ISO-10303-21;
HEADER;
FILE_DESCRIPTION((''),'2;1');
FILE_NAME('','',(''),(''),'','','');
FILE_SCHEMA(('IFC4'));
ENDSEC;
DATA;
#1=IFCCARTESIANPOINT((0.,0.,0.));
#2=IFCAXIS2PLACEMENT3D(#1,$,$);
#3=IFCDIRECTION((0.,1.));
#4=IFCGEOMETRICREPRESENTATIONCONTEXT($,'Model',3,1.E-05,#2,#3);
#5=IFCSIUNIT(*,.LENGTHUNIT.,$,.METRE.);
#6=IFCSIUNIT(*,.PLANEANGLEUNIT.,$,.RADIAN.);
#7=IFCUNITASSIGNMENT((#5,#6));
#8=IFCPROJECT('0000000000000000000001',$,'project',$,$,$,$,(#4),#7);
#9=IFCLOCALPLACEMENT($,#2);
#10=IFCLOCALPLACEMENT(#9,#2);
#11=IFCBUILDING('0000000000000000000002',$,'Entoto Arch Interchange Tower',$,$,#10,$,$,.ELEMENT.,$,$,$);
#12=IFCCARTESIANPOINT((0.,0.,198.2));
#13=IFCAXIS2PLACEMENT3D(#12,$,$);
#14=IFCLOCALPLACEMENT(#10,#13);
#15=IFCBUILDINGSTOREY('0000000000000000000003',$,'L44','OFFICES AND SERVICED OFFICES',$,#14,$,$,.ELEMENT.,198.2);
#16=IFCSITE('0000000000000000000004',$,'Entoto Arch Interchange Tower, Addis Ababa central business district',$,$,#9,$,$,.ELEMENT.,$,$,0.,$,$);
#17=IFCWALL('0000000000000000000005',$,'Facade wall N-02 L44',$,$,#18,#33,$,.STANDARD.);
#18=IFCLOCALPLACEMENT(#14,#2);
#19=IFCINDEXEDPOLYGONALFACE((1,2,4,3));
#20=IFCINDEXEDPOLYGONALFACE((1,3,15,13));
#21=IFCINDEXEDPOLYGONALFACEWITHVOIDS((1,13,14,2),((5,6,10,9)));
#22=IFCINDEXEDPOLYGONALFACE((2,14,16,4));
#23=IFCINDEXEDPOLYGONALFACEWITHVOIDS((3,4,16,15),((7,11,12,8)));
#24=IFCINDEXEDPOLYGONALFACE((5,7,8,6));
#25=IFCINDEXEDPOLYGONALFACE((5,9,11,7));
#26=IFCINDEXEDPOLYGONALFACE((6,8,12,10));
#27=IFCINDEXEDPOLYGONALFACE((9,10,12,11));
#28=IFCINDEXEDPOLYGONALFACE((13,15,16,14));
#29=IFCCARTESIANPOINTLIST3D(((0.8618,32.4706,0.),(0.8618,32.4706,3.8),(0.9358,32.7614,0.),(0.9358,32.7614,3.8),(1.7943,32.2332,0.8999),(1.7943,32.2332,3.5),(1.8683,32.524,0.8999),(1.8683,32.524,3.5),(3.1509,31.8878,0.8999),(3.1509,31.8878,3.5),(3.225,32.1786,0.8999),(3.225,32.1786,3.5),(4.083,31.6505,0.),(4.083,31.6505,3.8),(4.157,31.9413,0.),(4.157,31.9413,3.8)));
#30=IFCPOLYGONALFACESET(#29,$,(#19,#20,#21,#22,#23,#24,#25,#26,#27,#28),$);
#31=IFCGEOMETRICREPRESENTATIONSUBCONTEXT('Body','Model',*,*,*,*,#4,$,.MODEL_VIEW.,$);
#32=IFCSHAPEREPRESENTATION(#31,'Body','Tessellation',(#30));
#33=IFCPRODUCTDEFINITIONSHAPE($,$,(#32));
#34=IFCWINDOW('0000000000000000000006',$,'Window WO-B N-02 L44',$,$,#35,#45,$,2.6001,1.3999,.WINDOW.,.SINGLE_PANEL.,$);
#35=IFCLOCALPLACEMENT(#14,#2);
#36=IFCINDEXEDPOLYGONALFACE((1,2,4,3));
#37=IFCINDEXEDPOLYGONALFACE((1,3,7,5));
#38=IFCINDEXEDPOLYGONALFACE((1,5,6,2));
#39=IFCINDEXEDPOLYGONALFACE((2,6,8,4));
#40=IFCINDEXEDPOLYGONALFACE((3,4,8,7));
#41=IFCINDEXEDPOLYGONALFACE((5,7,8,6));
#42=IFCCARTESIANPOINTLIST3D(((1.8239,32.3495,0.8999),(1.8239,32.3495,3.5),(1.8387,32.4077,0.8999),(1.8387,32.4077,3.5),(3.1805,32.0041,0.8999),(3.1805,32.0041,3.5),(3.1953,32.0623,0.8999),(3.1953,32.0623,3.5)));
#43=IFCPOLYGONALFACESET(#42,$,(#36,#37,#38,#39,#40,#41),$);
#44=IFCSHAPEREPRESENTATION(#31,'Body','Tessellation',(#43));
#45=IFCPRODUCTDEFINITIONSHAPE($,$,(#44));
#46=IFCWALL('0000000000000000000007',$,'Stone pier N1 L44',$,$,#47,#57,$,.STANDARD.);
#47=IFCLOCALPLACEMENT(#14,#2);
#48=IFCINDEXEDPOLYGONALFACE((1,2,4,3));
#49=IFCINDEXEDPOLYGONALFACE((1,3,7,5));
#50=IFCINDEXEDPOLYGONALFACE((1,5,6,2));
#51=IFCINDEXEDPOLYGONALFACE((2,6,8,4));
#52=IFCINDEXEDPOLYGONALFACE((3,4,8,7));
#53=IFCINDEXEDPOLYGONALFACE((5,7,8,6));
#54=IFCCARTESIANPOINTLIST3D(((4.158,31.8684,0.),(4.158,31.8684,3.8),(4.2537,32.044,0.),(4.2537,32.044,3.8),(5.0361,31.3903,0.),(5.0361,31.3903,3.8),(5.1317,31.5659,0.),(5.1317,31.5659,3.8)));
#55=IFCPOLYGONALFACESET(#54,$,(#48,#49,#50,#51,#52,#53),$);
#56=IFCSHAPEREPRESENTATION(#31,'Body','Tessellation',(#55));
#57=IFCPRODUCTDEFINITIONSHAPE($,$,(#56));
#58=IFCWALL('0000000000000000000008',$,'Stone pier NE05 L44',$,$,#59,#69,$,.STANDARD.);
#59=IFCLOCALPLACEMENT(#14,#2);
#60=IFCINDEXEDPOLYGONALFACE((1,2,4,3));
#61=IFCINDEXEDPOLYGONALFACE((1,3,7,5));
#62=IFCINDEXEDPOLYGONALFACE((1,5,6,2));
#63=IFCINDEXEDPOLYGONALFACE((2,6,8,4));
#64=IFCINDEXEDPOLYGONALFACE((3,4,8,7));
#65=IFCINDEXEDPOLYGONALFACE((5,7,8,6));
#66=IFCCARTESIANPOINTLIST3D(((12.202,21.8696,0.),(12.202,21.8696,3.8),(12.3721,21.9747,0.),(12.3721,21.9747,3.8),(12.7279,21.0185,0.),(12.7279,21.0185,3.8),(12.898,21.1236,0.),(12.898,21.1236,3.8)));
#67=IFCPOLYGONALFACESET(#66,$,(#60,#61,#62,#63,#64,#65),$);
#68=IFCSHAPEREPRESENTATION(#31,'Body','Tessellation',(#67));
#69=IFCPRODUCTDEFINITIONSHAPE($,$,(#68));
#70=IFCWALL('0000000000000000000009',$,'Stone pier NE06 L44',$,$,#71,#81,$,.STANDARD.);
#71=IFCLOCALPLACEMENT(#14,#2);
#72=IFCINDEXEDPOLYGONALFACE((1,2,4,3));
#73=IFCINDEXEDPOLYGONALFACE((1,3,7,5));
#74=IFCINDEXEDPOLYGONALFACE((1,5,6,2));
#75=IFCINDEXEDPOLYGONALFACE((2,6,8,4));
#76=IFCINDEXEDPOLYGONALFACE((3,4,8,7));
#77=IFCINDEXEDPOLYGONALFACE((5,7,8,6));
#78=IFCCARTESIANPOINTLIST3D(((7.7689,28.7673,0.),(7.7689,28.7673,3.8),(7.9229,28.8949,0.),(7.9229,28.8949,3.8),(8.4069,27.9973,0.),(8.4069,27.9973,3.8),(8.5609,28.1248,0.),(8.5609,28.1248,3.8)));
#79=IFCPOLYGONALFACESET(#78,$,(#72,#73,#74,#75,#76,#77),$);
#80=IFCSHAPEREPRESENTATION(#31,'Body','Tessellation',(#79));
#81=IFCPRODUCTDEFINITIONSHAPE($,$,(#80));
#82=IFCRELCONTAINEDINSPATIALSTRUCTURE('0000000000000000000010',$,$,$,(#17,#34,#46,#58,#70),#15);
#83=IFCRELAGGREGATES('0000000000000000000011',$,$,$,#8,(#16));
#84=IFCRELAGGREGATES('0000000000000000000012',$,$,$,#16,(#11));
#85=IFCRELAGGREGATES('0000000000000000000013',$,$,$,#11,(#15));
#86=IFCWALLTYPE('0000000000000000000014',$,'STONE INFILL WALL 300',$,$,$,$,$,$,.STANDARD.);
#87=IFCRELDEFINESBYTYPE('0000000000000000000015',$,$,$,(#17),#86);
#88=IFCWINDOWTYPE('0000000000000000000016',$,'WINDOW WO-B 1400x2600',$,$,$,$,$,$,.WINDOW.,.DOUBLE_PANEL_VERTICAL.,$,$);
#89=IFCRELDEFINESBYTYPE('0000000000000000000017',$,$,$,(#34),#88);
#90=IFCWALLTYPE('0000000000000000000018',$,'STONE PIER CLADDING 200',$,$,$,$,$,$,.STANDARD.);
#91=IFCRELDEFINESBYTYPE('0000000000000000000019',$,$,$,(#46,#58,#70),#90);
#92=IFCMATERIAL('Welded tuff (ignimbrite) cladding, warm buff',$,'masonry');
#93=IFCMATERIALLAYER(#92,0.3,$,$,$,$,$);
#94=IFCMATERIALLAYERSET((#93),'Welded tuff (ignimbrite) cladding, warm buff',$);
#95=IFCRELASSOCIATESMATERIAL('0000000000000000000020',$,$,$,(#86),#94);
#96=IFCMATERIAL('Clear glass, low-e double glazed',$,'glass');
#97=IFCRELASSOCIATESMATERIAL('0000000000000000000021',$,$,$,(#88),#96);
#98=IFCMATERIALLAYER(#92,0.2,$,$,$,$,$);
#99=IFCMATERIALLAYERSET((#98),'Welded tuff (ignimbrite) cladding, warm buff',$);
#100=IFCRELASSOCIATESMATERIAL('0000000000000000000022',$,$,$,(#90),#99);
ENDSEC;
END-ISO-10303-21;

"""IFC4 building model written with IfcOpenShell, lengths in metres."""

from ifc_helpers import new_model, si_unit, direction, frame, frame_2d, origin, place, context, subcontext, project, spatial, rectangle, extrude, material, layer, layer_set, type_object, element, fill, save


model = new_model("IFC4")

# Units and contexts
model_context = context("Model", 3, precision=1e-05, world=origin(), true_north=direction((0.0, 1.0)))
body_context = subcontext(model_context, "Body", "Model", "MODEL_VIEW")
ifc_project = project(units=[si_unit("LENGTHUNIT", "METRE"), si_unit("PLANEANGLEUNIT", "RADIAN")], contexts=[model_context])

# Site, building, storey
site_placement = place(None, origin())
site = spatial("IfcSite", under=ifc_project, at=site_placement, Name="Entoto Arch Interchange Tower, Addis Ababa central business district", CompositionType="ELEMENT", RefElevation=0.0)
building_placement = place(site_placement, origin())
building = spatial("IfcBuilding", under=site, at=building_placement, Name="Entoto Arch Interchange Tower", CompositionType="ELEMENT")
storey_placement = place(building_placement, frame((0.0, 0.0, 198.2)))
storey = spatial("IfcBuildingStorey", under=building, at=storey_placement, Name="L44", Description="OFFICES AND SERVICED OFFICES", CompositionType="ELEMENT", Elevation=198.2)

# Shared definitions
ifc_material_1 = material(Name="Welded tuff (ignimbrite) cladding, warm buff", Category="masonry")
ifc_layer_1 = layer(ifc_material_1, 0.3)
ifc_layer_set_1 = layer_set([ifc_layer_1], Name="Welded tuff (ignimbrite) cladding, warm buff")
wall_type_1 = type_object("IfcWallType", Name="STONE INFILL WALL 300", PredefinedType="STANDARD", material=ifc_layer_set_1)
ifc_material_2 = material(Name="Clear glass, low-e double glazed", Category="glass")

# Wall, opening, window
window_type_1 = type_object("IfcWindowType", Name="WINDOW WO-B 1400x2600", PartitioningType="DOUBLE_PANEL_VERTICAL", PredefinedType="WINDOW", material=ifc_material_2)
wall_1_placement = place(storey_placement, frame((4.1201, 31.7959, 0.0), z_axis=(0.0, 0.0, 1.0), x_axis=(-0.969088, 0.246716, 0.0)))
wall_1 = element("IfcWall", 1, at=wall_1_placement, inside=storey, type_object=wall_type_1, Name="Facade wall N-02 L44", PredefinedType="STANDARD", context=body_context, shape_type="SweptSolid", body=[
    extrude(rectangle(XDim=3.324, YDim=0.3, at=frame_2d((1.6621, 0.0))), origin(), (0.0, 0.0, 1.0), 3.8),
])
opening_1_placement = place(wall_1_placement, frame((0.9619, 0.0, 0.8999)))
opening_1 = element("IfcOpeningElement", 2, at=opening_1_placement, cuts=wall_1, PredefinedType="OPENING", context=body_context, shape_type="SweptSolid", body=[
    extrude(rectangle(XDim=1.3999, YDim=2.6001, at=frame_2d((0.7, 1.3))), frame((0.0, 0.1602, 0.0), z_axis=(0.0, -1.0, 0.0), x_axis=(1.0, 0.0, 0.0)), (0.0, 0.0, 1.0), 0.3201),
])
window_1_placement = place(opening_1_placement, origin())
window_1 = element("IfcWindow", 3, at=window_1_placement, inside=storey, type_object=window_type_1, Name="Window WO-B N-02 L44", OverallHeight=2.6001, OverallWidth=1.3999, PartitioningType="SINGLE_PANEL", PredefinedType="WINDOW", context=body_context, shape_type="SweptSolid", body=[
    extrude(rectangle(XDim=1.3999, YDim=2.6001, at=frame_2d((0.7, 1.3))), frame((0.0, 0.03, 0.0), z_axis=(0.0, -1.0, 0.0), x_axis=(1.0, 0.0, 0.0)), (0.0, 0.0, 1.0), 0.0601),
])
fill(opening_1, window_1)

# Walls
ifc_layer_2 = layer(ifc_material_1, 0.2)
ifc_layer_set_2 = layer_set([ifc_layer_2], Name="Welded tuff (ignimbrite) cladding, warm buff")
wall_type_2 = type_object("IfcWallType", Name="STONE PIER CLADDING 200", PredefinedType="STANDARD", material=ifc_layer_set_2)
wall_2_placement = place(storey_placement, frame((5.084, 31.478, 0.0), z_axis=(0.0, 0.0, 1.0), x_axis=(-0.87825, 0.478202, 0.0)))
element("IfcWall", 4, at=wall_2_placement, inside=storey, type_object=wall_type_2, Name="Stone pier N1 L44", PredefinedType="STANDARD", context=body_context, shape_type="SweptSolid", body=[
    extrude(rectangle(XDim=0.9998, YDim=0.2, at=frame_2d((0.5, 0.0))), origin(), (0.0, 0.0, 1.0), 3.8),
])
wall_3_placement = place(storey_placement, frame((12.813, 21.071, 0.0), z_axis=(0.0, 0.0, 1.0), x_axis=(-0.525649, 0.850702, 0.0)))
element("IfcWall", 5, at=wall_3_placement, inside=storey, type_object=wall_type_2, Name="Stone pier NE05 L44", PredefinedType="STANDARD", context=body_context, shape_type="SweptSolid", body=[
    extrude(rectangle(XDim=1.0005, YDim=0.2, at=frame_2d((0.5002, 0.0))), origin(), (0.0, 0.0, 1.0), 3.8),
])
wall_4_placement = place(storey_placement, frame((8.4839, 28.061, 0.0), z_axis=(0.0, 0.0, 1.0), x_axis=(-0.637972, 0.770059, 0.0)))
element("IfcWall", 6, at=wall_4_placement, inside=storey, type_object=wall_type_2, Name="Stone pier NE06 L44", PredefinedType="STANDARD", context=body_context, shape_type="SweptSolid", body=[
    extrude(rectangle(XDim=1.0, YDim=0.2, at=frame_2d((0.5, 0.0))), origin(), (0.0, 0.0, 1.0), 3.8),
])

save(model, "model.ifc")
